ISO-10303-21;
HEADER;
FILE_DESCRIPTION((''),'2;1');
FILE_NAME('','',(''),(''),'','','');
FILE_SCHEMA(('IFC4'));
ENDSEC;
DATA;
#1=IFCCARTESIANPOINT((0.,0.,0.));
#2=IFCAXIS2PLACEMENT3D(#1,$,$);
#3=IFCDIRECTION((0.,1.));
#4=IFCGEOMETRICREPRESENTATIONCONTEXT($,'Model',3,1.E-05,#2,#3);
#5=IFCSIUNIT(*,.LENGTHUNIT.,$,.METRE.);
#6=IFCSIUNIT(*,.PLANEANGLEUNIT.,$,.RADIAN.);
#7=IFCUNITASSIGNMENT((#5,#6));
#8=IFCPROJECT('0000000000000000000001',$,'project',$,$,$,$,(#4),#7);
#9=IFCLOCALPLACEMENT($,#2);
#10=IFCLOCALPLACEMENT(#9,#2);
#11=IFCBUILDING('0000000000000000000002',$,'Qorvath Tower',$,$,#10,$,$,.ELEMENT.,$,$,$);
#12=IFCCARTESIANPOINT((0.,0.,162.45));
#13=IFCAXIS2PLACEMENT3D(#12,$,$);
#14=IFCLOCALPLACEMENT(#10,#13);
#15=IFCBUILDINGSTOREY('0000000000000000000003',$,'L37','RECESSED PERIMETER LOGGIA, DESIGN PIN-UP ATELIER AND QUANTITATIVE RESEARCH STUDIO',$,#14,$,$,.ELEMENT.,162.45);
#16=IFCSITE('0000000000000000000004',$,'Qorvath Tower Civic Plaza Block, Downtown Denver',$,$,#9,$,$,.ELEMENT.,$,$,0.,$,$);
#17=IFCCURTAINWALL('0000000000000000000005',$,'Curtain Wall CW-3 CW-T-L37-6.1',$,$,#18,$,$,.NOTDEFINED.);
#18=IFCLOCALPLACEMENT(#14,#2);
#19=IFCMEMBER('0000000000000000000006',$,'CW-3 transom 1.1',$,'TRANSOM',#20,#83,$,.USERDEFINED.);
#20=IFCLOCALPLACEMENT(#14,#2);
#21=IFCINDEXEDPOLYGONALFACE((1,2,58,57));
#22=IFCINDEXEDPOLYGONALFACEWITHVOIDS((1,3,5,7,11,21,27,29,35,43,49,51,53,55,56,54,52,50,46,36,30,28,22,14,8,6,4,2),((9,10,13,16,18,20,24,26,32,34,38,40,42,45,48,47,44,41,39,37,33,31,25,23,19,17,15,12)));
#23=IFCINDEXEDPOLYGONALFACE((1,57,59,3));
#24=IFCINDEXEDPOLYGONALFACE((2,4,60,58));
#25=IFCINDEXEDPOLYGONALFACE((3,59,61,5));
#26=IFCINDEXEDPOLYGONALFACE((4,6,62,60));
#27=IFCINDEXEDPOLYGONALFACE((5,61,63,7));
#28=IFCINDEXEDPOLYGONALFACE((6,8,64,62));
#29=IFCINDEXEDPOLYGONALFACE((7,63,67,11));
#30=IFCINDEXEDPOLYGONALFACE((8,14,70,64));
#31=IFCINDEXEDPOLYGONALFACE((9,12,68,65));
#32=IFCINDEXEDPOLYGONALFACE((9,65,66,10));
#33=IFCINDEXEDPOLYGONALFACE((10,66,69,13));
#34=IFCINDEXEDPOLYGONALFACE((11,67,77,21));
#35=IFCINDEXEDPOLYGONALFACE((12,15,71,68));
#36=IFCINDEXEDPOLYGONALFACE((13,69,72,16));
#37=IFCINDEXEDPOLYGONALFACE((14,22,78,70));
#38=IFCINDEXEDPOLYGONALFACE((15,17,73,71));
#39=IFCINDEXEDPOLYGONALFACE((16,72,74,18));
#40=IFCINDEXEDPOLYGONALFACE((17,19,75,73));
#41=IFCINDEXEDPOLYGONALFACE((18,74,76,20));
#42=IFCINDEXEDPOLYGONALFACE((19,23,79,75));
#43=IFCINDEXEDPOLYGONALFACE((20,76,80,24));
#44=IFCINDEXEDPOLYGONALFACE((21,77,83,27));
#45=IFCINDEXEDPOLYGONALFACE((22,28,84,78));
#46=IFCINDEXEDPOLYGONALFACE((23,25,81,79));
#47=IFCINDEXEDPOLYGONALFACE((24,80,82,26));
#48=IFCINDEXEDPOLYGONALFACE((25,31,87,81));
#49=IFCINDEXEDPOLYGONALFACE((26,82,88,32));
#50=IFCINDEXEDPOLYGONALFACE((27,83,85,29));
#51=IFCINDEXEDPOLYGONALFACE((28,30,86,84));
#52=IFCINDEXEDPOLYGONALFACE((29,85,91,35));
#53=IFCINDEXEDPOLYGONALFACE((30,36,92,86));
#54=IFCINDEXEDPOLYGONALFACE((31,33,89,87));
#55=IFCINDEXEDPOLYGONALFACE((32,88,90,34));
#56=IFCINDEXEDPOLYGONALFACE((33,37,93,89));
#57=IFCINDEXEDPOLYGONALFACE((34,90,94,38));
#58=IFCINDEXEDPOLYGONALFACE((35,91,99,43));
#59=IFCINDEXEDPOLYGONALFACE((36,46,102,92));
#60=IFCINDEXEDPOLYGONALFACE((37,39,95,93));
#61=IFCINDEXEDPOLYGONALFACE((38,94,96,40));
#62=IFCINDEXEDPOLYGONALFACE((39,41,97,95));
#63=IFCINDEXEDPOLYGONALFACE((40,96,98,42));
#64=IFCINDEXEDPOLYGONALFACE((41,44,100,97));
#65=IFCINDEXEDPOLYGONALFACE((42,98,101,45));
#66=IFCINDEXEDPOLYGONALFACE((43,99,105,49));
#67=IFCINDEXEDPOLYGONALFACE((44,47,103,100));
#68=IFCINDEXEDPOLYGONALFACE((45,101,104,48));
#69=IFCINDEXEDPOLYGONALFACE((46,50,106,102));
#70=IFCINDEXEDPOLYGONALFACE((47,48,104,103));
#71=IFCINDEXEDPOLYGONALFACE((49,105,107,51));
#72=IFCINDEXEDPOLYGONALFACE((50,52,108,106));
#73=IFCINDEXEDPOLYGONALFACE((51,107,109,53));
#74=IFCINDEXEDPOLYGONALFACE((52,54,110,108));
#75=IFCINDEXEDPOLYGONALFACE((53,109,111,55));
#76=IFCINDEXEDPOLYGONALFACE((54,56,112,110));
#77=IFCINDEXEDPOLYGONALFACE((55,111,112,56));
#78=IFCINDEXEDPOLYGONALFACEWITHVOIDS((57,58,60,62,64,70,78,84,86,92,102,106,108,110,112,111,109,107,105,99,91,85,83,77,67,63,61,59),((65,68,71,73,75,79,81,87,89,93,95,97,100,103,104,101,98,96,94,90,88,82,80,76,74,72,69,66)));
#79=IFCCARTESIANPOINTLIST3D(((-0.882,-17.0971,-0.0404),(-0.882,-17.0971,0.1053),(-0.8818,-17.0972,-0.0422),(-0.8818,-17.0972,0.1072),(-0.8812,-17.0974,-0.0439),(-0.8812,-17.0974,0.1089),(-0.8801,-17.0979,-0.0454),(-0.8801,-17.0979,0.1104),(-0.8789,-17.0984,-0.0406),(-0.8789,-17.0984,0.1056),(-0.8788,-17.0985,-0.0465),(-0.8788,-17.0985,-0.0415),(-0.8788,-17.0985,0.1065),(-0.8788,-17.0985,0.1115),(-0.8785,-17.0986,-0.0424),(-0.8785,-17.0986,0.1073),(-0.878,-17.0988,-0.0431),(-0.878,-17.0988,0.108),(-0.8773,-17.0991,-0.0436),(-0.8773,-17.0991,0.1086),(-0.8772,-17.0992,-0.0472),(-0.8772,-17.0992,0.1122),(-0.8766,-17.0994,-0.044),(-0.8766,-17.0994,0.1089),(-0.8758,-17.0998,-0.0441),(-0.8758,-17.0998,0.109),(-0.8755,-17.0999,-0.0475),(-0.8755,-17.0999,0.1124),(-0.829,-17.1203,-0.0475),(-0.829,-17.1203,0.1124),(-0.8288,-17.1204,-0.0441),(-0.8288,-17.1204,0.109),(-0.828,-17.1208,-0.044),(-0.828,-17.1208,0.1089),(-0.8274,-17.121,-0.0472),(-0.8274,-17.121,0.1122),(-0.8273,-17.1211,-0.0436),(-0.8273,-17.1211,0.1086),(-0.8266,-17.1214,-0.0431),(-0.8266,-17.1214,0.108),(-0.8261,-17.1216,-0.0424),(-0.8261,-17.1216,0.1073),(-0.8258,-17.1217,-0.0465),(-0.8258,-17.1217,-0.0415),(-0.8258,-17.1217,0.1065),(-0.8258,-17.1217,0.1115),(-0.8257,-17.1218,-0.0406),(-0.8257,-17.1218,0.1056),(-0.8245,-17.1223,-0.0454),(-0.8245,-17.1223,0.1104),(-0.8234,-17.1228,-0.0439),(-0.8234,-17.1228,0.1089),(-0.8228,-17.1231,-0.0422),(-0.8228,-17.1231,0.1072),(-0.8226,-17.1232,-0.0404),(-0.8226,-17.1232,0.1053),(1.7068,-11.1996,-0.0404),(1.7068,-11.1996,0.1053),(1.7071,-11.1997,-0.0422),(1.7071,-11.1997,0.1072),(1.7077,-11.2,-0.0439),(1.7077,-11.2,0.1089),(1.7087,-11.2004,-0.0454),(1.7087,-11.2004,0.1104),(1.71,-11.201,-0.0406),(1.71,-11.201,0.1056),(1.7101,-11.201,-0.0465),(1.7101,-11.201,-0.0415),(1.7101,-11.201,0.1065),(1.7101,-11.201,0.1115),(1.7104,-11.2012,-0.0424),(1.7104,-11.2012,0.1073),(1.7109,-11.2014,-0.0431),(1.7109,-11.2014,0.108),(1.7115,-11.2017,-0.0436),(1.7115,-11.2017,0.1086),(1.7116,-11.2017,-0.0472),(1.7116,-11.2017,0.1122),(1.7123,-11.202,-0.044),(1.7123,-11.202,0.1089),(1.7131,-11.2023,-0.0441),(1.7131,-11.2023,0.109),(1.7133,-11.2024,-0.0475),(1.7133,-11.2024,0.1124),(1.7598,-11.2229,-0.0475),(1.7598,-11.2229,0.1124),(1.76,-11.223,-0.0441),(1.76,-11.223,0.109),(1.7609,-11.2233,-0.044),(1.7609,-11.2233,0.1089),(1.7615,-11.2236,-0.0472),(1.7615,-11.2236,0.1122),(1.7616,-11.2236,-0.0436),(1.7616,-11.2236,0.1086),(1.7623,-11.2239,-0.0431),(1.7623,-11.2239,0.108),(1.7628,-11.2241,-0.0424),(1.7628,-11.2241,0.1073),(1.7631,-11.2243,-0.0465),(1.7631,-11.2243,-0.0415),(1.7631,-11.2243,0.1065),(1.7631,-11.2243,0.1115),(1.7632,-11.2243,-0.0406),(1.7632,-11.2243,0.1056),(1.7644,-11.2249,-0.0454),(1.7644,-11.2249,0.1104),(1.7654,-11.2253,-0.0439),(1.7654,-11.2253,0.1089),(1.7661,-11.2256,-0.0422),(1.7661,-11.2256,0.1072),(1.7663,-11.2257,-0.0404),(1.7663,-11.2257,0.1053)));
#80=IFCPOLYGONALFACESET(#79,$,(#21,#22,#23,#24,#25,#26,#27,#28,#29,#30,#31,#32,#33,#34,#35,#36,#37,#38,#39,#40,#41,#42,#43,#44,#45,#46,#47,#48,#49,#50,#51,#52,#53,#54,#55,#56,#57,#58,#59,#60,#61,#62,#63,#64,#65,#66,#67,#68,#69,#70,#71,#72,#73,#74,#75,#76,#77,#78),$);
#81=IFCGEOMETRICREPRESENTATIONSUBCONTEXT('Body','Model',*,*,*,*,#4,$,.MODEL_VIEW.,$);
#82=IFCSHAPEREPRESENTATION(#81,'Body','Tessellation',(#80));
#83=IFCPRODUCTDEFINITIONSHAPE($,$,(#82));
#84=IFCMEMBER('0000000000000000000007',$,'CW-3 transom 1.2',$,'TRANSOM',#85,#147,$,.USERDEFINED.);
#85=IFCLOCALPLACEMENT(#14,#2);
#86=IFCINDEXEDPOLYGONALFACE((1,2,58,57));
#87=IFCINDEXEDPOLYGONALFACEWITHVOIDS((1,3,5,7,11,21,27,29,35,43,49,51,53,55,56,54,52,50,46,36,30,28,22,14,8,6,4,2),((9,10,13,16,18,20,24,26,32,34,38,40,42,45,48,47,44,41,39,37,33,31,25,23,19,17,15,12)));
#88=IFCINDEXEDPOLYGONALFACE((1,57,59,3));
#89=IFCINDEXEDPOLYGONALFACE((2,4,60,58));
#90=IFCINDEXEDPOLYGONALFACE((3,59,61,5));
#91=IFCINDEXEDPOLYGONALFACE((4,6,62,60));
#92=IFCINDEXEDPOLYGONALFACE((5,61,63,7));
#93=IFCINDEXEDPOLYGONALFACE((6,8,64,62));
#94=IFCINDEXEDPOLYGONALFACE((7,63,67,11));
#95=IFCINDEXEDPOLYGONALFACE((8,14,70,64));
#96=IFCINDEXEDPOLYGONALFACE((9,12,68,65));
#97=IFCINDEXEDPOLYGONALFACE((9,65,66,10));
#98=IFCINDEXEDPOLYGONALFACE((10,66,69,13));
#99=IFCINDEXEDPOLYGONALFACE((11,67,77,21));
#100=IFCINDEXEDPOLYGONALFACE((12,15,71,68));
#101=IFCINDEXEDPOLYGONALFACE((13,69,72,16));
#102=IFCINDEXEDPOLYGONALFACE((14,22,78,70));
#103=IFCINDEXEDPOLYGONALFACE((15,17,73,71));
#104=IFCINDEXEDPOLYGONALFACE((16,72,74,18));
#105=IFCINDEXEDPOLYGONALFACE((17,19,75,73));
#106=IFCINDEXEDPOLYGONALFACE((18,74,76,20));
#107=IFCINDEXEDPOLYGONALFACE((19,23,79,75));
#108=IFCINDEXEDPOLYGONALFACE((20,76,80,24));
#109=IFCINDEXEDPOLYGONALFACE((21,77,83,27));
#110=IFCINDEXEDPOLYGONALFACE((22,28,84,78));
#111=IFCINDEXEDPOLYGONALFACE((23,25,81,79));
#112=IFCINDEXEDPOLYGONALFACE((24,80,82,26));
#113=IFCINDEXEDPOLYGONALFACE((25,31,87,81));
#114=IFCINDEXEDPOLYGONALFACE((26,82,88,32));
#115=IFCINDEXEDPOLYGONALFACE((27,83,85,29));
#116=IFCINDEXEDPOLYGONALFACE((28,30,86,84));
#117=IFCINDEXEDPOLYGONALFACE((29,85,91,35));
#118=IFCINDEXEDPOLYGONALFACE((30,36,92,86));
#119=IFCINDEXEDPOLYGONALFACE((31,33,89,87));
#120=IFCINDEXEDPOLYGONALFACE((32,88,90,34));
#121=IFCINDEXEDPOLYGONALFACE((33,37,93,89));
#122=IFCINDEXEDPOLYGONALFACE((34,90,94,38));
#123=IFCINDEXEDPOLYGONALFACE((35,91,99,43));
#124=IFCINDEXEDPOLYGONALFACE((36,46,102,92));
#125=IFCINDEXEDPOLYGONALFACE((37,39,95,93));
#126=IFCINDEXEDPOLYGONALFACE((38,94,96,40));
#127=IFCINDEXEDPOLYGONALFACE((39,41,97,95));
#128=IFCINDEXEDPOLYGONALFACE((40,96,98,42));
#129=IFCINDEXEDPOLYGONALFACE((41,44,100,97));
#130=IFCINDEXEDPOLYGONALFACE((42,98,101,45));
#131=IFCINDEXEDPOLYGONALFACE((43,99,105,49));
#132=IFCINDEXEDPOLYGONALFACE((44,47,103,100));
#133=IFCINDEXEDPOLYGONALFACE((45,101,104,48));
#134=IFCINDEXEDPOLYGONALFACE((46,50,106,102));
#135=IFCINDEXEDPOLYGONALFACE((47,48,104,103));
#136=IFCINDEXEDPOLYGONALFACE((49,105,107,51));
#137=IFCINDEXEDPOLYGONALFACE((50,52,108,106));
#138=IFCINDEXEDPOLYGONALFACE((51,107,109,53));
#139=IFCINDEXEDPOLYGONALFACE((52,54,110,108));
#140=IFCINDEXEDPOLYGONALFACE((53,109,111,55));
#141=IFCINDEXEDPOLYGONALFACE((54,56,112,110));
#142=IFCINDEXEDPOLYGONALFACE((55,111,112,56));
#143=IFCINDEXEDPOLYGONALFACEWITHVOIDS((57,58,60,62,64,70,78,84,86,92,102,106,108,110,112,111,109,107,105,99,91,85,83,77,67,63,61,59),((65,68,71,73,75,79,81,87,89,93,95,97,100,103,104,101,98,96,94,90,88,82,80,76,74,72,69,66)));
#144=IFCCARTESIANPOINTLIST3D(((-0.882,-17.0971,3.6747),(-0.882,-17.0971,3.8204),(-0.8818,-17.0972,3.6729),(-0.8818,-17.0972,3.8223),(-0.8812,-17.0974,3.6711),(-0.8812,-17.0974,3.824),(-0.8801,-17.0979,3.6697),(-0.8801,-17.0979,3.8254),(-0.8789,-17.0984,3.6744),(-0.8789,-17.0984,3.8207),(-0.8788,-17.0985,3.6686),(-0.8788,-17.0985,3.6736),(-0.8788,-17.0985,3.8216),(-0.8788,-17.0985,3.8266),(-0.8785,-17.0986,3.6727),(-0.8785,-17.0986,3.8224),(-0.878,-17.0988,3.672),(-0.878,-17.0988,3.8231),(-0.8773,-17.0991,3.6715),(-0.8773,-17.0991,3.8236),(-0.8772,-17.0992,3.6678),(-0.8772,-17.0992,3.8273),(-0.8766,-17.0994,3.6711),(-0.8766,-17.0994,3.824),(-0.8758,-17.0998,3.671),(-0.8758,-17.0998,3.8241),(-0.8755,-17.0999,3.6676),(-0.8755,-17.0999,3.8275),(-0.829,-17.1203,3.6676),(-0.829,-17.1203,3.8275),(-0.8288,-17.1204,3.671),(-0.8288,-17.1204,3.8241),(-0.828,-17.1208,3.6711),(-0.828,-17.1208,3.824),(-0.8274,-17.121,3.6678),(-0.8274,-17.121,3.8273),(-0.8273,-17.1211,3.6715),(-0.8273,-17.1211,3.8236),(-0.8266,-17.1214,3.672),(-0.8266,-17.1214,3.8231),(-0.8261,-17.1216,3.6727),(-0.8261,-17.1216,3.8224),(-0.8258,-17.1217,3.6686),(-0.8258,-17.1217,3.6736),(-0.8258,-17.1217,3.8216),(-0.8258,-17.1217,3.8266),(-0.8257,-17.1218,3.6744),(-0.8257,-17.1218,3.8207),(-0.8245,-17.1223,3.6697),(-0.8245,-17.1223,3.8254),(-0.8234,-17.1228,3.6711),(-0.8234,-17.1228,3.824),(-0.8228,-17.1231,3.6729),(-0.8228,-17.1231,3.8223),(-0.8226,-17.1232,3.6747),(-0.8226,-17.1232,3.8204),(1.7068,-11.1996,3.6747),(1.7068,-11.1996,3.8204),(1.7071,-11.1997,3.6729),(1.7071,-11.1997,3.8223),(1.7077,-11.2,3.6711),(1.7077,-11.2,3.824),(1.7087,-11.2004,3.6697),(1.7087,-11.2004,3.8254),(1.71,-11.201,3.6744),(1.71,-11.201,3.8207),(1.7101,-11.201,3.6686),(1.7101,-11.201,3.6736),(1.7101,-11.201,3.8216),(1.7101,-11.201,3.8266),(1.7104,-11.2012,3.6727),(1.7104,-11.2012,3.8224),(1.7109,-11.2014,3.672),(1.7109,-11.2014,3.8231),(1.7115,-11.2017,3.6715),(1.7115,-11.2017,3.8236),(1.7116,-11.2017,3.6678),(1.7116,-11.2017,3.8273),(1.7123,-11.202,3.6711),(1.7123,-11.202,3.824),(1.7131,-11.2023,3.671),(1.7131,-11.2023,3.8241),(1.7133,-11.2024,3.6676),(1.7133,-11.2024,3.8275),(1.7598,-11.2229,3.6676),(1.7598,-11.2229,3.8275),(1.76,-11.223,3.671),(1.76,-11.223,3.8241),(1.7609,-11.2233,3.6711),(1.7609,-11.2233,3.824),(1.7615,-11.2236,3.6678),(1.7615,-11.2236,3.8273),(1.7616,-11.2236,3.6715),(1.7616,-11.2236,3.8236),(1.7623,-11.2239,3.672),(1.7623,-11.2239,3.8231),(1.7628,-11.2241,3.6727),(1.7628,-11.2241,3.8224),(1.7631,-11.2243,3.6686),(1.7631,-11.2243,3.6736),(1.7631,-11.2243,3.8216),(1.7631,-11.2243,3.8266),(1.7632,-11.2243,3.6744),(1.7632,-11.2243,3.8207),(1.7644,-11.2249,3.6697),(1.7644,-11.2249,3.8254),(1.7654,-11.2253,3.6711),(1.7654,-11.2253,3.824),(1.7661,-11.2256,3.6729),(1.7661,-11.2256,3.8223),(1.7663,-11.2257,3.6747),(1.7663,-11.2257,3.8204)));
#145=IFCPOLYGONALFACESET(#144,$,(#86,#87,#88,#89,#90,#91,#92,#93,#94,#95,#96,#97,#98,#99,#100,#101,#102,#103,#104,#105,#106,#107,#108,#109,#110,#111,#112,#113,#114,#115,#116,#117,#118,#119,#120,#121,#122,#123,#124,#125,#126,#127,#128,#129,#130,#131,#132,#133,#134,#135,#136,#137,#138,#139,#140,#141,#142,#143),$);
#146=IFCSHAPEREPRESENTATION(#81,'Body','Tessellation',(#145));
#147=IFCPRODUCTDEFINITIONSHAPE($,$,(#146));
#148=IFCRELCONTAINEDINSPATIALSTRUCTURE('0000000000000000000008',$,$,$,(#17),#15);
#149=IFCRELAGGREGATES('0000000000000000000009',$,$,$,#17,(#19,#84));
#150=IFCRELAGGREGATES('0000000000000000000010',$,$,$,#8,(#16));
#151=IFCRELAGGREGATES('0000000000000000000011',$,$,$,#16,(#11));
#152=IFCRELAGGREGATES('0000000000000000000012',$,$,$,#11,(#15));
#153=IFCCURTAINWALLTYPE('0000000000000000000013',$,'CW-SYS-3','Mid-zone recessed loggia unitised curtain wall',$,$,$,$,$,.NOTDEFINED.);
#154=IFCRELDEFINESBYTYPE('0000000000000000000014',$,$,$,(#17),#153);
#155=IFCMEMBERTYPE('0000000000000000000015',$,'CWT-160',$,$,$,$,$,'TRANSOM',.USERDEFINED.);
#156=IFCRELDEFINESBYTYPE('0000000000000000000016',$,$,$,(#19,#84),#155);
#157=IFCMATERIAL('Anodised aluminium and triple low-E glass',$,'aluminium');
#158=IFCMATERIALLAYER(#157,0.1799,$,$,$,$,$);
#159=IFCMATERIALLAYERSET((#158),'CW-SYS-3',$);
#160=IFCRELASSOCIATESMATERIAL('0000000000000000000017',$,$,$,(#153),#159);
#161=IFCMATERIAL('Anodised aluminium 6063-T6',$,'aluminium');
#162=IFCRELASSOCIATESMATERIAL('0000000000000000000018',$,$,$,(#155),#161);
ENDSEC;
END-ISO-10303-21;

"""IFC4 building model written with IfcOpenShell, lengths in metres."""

from ifc_helpers import new_model, si_unit, direction, frame, origin, origin_2d, place, context, subcontext, project, spatial, hollow_rectangle, extrude, material, layer, layer_set, material_profile, profile_set, type_object, element, aggregate, save


model = new_model("IFC4")

# Units and contexts
model_context = context("Model", 3, precision=1e-05, world=origin(), true_north=direction((0.0, 1.0)))
body_context = subcontext(model_context, "Body", "Model", "MODEL_VIEW")
ifc_project = project(units=[si_unit("LENGTHUNIT", "METRE"), si_unit("PLANEANGLEUNIT", "RADIAN")], contexts=[model_context])

# Site, building, storey
site_placement = place(None, origin())
site = spatial("IfcSite", under=ifc_project, at=site_placement, Name="Qorvath Tower Civic Plaza Block, Downtown Denver", CompositionType="ELEMENT", RefElevation=0.0)
building_placement = place(site_placement, origin())
building = spatial("IfcBuilding", under=site, at=building_placement, Name="Qorvath Tower", CompositionType="ELEMENT")
storey_placement = place(building_placement, frame((0.0, 0.0, 162.45)))
storey = spatial("IfcBuildingStorey", under=building, at=storey_placement, Name="L37", Description="RECESSED PERIMETER LOGGIA, DESIGN PIN-UP ATELIER AND QUANTITATIVE RESEARCH STUDIO", CompositionType="ELEMENT", Elevation=162.45)

# Shared definitions
ifc_material_1 = material(Name="Anodised aluminium and triple low-E glass", Category="aluminium")
ifc_layer_1 = layer(ifc_material_1, 0.1799)
ifc_layer_set_1 = layer_set([ifc_layer_1], Name="CW-SYS-3")
curtain_wall_type = type_object("IfcCurtainWallType", Name="CW-SYS-3", Description="Mid-zone recessed loggia unitised curtain wall", PredefinedType="NOTDEFINED", material=ifc_layer_set_1)

# Curtain wall
curtain_wall_1_placement = place(storey_placement, origin())
curtain_wall_1 = element("IfcCurtainWall", 1, at=curtain_wall_1_placement, inside=storey, type_object=curtain_wall_type, Name="Curtain Wall CW-3 CW-T-L37-6.1", PredefinedType="NOTDEFINED")

# Members
ifc_material_2 = material(Name="Anodised aluminium 6063-T6", Category="aluminium")
ifc_material_profile_1 = material_profile(ifc_material_2, hollow_rectangle(XDim=0.0649, YDim=0.1599, WallThickness=0.0034, InnerFilletRadius=0.0034, OuterFilletRadius=0.0071, at=origin_2d()), Name="CWT 160x65")
ifc_profile_set_1 = profile_set([ifc_material_profile_1], Name="Anodised aluminium 6063-T6")
member_type_1 = type_object("IfcMemberType", Name="CWT-160", ElementType="TRANSOM", PredefinedType="USERDEFINED", material=ifc_profile_set_1)
member_1_placement = place(storey_placement, frame((-0.8523, -17.1101, 0.0325), z_axis=(0.401956, 0.915659, 0.0), x_axis=(-0.915659, 0.401956, 0.0)))
member_1 = element("IfcMember", 2, at=member_1_placement, type_object=member_type_1, Name="CW-3 transom 1.1", ObjectType="TRANSOM", PredefinedType="USERDEFINED", context=body_context, shape_type="SweptSolid", body=[
    extrude(hollow_rectangle(XDim=0.0649, YDim=0.1599, WallThickness=0.0034, InnerFilletRadius=0.0034, OuterFilletRadius=0.0071, at=origin_2d()), origin(), (0.0, 0.0, 1.0), 6.4407),
])
member_2_placement = place(storey_placement, frame((-0.8523, -17.1101, 3.7476), z_axis=(0.401956, 0.915659, 0.0), x_axis=(-0.915659, 0.401956, 0.0)))
member_2 = element("IfcMember", 3, at=member_2_placement, type_object=member_type_1, Name="CW-3 transom 1.2", ObjectType="TRANSOM", PredefinedType="USERDEFINED", context=body_context, shape_type="SweptSolid", body=[
    extrude(hollow_rectangle(XDim=0.0649, YDim=0.1599, WallThickness=0.0034, InnerFilletRadius=0.0034, OuterFilletRadius=0.0071, at=origin_2d()), origin(), (0.0, 0.0, 1.0), 6.4407),
])

aggregate(curtain_wall_1, [member_1, member_2])

save(model, "model.ifc")
